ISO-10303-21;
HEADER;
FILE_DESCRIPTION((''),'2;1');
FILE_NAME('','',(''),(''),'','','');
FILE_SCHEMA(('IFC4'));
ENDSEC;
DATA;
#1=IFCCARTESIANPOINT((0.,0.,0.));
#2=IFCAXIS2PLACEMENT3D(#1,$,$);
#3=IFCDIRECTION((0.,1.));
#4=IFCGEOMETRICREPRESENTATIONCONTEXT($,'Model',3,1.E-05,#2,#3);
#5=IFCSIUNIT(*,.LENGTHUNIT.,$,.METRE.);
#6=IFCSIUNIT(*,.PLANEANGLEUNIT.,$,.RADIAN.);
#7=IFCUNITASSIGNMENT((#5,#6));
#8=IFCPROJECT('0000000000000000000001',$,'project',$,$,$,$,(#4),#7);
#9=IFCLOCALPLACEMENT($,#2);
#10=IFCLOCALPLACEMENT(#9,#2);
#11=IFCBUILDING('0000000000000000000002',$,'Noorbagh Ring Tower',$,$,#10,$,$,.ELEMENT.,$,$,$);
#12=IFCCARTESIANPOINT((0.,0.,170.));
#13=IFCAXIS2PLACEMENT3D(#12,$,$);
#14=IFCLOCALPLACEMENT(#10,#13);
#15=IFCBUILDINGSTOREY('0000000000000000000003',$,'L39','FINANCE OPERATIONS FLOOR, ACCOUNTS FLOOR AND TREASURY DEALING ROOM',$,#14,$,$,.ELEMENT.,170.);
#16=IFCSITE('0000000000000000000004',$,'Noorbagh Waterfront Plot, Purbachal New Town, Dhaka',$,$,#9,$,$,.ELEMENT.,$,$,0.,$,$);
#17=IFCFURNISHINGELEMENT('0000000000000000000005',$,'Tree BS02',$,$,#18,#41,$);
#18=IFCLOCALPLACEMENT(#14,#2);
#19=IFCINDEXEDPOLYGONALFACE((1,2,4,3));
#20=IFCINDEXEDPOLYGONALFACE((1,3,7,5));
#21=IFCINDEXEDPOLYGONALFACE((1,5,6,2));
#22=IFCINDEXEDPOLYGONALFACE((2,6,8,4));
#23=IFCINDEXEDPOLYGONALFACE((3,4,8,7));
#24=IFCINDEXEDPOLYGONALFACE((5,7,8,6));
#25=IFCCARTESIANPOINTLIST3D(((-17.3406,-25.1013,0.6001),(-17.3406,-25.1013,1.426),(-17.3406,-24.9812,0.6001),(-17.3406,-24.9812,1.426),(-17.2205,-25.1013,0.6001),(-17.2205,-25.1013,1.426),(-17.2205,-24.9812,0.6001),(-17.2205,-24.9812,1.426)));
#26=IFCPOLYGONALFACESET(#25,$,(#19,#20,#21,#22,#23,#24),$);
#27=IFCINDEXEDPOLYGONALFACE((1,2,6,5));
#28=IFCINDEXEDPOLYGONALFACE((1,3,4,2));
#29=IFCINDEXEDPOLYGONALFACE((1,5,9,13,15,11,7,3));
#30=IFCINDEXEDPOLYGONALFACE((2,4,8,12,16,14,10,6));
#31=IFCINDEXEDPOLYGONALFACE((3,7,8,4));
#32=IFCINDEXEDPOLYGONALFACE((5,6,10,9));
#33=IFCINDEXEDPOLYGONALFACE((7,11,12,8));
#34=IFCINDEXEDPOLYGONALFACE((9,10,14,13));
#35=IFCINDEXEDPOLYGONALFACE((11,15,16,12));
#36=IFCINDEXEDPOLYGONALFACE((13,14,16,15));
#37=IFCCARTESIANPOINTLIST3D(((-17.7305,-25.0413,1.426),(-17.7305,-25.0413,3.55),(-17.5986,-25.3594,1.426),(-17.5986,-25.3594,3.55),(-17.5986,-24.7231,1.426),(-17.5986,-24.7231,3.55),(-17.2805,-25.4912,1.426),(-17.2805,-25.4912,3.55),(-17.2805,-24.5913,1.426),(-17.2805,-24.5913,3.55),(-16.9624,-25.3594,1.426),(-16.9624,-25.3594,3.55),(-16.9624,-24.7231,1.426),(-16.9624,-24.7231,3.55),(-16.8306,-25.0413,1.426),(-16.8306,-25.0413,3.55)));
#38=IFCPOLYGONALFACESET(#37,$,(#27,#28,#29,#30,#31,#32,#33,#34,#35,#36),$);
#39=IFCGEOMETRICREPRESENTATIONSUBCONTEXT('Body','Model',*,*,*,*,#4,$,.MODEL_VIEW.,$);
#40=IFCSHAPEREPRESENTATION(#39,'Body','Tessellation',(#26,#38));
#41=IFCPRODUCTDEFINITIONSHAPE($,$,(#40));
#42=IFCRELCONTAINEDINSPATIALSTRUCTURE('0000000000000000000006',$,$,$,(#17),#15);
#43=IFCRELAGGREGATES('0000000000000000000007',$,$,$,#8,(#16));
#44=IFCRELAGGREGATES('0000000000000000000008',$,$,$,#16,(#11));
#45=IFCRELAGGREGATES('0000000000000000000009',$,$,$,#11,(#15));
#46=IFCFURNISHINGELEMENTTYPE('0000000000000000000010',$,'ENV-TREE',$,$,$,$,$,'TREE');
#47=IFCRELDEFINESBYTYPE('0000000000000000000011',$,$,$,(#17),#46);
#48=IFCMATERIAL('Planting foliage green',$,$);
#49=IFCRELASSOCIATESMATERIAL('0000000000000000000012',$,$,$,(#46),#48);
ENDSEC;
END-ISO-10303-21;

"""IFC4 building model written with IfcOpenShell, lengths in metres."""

from ifc_helpers import new_model, si_unit, direction, frame, origin, origin_2d, place, context, subcontext, project, spatial, polyline, rectangle, outline, extrude, material, type_object, element, save


model = new_model("IFC4")

# Units and contexts
model_context = context("Model", 3, precision=1e-05, world=origin(), true_north=direction((0.0, 1.0)))
body_context = subcontext(model_context, "Body", "Model", "MODEL_VIEW")
ifc_project = project(units=[si_unit("LENGTHUNIT", "METRE"), si_unit("PLANEANGLEUNIT", "RADIAN")], contexts=[model_context])

# Site, building, storey
site_placement = place(None, origin())
site = spatial("IfcSite", under=ifc_project, at=site_placement, Name="Noorbagh Waterfront Plot, Purbachal New Town, Dhaka", CompositionType="ELEMENT", RefElevation=0.0)
building_placement = place(site_placement, origin())
building = spatial("IfcBuilding", under=site, at=building_placement, Name="Noorbagh Ring Tower", CompositionType="ELEMENT")
storey_placement = place(building_placement, frame((0.0, 0.0, 170.0)))
storey = spatial("IfcBuildingStorey", under=building, at=storey_placement, Name="L39", Description="FINANCE OPERATIONS FLOOR, ACCOUNTS FLOOR AND TREASURY DEALING ROOM", CompositionType="ELEMENT", Elevation=170.0)

# Furnishing element
ifc_material_1 = material(Name="Planting foliage green")
furnishing_element_type = type_object("IfcFurnishingElementType", Name="ENV-TREE", ElementType="TREE", material=ifc_material_1)
furnishing_placement = place(storey_placement, frame((-17.2805, -25.0413, 0.6001), z_axis=(0.0, 0.0, 1.0), x_axis=(1.0, 0.0, 0.0)))
element("IfcFurnishingElement", 1, at=furnishing_placement, inside=storey, type_object=furnishing_element_type, Name="Tree BS02", context=body_context, shape_type="SweptSolid", body=[
    extrude(rectangle(XDim=0.1201, YDim=0.1201, at=origin_2d()), origin(), (0.0, 0.0, 1.0), 0.8259),
    extrude(outline(polyline([(0.45, 0.0), (0.3181, 0.3181), (0.0, 0.45), (-0.3181, 0.3181), (-0.45, 0.0), (-0.3181, -0.3181), (0.0, -0.45), (0.3181, -0.3181), (0.45, 0.0)])), frame((0.0, 0.0, 0.8259)), (0.0, 0.0, 1.0), 2.124),
])

save(model, "model.ifc")
